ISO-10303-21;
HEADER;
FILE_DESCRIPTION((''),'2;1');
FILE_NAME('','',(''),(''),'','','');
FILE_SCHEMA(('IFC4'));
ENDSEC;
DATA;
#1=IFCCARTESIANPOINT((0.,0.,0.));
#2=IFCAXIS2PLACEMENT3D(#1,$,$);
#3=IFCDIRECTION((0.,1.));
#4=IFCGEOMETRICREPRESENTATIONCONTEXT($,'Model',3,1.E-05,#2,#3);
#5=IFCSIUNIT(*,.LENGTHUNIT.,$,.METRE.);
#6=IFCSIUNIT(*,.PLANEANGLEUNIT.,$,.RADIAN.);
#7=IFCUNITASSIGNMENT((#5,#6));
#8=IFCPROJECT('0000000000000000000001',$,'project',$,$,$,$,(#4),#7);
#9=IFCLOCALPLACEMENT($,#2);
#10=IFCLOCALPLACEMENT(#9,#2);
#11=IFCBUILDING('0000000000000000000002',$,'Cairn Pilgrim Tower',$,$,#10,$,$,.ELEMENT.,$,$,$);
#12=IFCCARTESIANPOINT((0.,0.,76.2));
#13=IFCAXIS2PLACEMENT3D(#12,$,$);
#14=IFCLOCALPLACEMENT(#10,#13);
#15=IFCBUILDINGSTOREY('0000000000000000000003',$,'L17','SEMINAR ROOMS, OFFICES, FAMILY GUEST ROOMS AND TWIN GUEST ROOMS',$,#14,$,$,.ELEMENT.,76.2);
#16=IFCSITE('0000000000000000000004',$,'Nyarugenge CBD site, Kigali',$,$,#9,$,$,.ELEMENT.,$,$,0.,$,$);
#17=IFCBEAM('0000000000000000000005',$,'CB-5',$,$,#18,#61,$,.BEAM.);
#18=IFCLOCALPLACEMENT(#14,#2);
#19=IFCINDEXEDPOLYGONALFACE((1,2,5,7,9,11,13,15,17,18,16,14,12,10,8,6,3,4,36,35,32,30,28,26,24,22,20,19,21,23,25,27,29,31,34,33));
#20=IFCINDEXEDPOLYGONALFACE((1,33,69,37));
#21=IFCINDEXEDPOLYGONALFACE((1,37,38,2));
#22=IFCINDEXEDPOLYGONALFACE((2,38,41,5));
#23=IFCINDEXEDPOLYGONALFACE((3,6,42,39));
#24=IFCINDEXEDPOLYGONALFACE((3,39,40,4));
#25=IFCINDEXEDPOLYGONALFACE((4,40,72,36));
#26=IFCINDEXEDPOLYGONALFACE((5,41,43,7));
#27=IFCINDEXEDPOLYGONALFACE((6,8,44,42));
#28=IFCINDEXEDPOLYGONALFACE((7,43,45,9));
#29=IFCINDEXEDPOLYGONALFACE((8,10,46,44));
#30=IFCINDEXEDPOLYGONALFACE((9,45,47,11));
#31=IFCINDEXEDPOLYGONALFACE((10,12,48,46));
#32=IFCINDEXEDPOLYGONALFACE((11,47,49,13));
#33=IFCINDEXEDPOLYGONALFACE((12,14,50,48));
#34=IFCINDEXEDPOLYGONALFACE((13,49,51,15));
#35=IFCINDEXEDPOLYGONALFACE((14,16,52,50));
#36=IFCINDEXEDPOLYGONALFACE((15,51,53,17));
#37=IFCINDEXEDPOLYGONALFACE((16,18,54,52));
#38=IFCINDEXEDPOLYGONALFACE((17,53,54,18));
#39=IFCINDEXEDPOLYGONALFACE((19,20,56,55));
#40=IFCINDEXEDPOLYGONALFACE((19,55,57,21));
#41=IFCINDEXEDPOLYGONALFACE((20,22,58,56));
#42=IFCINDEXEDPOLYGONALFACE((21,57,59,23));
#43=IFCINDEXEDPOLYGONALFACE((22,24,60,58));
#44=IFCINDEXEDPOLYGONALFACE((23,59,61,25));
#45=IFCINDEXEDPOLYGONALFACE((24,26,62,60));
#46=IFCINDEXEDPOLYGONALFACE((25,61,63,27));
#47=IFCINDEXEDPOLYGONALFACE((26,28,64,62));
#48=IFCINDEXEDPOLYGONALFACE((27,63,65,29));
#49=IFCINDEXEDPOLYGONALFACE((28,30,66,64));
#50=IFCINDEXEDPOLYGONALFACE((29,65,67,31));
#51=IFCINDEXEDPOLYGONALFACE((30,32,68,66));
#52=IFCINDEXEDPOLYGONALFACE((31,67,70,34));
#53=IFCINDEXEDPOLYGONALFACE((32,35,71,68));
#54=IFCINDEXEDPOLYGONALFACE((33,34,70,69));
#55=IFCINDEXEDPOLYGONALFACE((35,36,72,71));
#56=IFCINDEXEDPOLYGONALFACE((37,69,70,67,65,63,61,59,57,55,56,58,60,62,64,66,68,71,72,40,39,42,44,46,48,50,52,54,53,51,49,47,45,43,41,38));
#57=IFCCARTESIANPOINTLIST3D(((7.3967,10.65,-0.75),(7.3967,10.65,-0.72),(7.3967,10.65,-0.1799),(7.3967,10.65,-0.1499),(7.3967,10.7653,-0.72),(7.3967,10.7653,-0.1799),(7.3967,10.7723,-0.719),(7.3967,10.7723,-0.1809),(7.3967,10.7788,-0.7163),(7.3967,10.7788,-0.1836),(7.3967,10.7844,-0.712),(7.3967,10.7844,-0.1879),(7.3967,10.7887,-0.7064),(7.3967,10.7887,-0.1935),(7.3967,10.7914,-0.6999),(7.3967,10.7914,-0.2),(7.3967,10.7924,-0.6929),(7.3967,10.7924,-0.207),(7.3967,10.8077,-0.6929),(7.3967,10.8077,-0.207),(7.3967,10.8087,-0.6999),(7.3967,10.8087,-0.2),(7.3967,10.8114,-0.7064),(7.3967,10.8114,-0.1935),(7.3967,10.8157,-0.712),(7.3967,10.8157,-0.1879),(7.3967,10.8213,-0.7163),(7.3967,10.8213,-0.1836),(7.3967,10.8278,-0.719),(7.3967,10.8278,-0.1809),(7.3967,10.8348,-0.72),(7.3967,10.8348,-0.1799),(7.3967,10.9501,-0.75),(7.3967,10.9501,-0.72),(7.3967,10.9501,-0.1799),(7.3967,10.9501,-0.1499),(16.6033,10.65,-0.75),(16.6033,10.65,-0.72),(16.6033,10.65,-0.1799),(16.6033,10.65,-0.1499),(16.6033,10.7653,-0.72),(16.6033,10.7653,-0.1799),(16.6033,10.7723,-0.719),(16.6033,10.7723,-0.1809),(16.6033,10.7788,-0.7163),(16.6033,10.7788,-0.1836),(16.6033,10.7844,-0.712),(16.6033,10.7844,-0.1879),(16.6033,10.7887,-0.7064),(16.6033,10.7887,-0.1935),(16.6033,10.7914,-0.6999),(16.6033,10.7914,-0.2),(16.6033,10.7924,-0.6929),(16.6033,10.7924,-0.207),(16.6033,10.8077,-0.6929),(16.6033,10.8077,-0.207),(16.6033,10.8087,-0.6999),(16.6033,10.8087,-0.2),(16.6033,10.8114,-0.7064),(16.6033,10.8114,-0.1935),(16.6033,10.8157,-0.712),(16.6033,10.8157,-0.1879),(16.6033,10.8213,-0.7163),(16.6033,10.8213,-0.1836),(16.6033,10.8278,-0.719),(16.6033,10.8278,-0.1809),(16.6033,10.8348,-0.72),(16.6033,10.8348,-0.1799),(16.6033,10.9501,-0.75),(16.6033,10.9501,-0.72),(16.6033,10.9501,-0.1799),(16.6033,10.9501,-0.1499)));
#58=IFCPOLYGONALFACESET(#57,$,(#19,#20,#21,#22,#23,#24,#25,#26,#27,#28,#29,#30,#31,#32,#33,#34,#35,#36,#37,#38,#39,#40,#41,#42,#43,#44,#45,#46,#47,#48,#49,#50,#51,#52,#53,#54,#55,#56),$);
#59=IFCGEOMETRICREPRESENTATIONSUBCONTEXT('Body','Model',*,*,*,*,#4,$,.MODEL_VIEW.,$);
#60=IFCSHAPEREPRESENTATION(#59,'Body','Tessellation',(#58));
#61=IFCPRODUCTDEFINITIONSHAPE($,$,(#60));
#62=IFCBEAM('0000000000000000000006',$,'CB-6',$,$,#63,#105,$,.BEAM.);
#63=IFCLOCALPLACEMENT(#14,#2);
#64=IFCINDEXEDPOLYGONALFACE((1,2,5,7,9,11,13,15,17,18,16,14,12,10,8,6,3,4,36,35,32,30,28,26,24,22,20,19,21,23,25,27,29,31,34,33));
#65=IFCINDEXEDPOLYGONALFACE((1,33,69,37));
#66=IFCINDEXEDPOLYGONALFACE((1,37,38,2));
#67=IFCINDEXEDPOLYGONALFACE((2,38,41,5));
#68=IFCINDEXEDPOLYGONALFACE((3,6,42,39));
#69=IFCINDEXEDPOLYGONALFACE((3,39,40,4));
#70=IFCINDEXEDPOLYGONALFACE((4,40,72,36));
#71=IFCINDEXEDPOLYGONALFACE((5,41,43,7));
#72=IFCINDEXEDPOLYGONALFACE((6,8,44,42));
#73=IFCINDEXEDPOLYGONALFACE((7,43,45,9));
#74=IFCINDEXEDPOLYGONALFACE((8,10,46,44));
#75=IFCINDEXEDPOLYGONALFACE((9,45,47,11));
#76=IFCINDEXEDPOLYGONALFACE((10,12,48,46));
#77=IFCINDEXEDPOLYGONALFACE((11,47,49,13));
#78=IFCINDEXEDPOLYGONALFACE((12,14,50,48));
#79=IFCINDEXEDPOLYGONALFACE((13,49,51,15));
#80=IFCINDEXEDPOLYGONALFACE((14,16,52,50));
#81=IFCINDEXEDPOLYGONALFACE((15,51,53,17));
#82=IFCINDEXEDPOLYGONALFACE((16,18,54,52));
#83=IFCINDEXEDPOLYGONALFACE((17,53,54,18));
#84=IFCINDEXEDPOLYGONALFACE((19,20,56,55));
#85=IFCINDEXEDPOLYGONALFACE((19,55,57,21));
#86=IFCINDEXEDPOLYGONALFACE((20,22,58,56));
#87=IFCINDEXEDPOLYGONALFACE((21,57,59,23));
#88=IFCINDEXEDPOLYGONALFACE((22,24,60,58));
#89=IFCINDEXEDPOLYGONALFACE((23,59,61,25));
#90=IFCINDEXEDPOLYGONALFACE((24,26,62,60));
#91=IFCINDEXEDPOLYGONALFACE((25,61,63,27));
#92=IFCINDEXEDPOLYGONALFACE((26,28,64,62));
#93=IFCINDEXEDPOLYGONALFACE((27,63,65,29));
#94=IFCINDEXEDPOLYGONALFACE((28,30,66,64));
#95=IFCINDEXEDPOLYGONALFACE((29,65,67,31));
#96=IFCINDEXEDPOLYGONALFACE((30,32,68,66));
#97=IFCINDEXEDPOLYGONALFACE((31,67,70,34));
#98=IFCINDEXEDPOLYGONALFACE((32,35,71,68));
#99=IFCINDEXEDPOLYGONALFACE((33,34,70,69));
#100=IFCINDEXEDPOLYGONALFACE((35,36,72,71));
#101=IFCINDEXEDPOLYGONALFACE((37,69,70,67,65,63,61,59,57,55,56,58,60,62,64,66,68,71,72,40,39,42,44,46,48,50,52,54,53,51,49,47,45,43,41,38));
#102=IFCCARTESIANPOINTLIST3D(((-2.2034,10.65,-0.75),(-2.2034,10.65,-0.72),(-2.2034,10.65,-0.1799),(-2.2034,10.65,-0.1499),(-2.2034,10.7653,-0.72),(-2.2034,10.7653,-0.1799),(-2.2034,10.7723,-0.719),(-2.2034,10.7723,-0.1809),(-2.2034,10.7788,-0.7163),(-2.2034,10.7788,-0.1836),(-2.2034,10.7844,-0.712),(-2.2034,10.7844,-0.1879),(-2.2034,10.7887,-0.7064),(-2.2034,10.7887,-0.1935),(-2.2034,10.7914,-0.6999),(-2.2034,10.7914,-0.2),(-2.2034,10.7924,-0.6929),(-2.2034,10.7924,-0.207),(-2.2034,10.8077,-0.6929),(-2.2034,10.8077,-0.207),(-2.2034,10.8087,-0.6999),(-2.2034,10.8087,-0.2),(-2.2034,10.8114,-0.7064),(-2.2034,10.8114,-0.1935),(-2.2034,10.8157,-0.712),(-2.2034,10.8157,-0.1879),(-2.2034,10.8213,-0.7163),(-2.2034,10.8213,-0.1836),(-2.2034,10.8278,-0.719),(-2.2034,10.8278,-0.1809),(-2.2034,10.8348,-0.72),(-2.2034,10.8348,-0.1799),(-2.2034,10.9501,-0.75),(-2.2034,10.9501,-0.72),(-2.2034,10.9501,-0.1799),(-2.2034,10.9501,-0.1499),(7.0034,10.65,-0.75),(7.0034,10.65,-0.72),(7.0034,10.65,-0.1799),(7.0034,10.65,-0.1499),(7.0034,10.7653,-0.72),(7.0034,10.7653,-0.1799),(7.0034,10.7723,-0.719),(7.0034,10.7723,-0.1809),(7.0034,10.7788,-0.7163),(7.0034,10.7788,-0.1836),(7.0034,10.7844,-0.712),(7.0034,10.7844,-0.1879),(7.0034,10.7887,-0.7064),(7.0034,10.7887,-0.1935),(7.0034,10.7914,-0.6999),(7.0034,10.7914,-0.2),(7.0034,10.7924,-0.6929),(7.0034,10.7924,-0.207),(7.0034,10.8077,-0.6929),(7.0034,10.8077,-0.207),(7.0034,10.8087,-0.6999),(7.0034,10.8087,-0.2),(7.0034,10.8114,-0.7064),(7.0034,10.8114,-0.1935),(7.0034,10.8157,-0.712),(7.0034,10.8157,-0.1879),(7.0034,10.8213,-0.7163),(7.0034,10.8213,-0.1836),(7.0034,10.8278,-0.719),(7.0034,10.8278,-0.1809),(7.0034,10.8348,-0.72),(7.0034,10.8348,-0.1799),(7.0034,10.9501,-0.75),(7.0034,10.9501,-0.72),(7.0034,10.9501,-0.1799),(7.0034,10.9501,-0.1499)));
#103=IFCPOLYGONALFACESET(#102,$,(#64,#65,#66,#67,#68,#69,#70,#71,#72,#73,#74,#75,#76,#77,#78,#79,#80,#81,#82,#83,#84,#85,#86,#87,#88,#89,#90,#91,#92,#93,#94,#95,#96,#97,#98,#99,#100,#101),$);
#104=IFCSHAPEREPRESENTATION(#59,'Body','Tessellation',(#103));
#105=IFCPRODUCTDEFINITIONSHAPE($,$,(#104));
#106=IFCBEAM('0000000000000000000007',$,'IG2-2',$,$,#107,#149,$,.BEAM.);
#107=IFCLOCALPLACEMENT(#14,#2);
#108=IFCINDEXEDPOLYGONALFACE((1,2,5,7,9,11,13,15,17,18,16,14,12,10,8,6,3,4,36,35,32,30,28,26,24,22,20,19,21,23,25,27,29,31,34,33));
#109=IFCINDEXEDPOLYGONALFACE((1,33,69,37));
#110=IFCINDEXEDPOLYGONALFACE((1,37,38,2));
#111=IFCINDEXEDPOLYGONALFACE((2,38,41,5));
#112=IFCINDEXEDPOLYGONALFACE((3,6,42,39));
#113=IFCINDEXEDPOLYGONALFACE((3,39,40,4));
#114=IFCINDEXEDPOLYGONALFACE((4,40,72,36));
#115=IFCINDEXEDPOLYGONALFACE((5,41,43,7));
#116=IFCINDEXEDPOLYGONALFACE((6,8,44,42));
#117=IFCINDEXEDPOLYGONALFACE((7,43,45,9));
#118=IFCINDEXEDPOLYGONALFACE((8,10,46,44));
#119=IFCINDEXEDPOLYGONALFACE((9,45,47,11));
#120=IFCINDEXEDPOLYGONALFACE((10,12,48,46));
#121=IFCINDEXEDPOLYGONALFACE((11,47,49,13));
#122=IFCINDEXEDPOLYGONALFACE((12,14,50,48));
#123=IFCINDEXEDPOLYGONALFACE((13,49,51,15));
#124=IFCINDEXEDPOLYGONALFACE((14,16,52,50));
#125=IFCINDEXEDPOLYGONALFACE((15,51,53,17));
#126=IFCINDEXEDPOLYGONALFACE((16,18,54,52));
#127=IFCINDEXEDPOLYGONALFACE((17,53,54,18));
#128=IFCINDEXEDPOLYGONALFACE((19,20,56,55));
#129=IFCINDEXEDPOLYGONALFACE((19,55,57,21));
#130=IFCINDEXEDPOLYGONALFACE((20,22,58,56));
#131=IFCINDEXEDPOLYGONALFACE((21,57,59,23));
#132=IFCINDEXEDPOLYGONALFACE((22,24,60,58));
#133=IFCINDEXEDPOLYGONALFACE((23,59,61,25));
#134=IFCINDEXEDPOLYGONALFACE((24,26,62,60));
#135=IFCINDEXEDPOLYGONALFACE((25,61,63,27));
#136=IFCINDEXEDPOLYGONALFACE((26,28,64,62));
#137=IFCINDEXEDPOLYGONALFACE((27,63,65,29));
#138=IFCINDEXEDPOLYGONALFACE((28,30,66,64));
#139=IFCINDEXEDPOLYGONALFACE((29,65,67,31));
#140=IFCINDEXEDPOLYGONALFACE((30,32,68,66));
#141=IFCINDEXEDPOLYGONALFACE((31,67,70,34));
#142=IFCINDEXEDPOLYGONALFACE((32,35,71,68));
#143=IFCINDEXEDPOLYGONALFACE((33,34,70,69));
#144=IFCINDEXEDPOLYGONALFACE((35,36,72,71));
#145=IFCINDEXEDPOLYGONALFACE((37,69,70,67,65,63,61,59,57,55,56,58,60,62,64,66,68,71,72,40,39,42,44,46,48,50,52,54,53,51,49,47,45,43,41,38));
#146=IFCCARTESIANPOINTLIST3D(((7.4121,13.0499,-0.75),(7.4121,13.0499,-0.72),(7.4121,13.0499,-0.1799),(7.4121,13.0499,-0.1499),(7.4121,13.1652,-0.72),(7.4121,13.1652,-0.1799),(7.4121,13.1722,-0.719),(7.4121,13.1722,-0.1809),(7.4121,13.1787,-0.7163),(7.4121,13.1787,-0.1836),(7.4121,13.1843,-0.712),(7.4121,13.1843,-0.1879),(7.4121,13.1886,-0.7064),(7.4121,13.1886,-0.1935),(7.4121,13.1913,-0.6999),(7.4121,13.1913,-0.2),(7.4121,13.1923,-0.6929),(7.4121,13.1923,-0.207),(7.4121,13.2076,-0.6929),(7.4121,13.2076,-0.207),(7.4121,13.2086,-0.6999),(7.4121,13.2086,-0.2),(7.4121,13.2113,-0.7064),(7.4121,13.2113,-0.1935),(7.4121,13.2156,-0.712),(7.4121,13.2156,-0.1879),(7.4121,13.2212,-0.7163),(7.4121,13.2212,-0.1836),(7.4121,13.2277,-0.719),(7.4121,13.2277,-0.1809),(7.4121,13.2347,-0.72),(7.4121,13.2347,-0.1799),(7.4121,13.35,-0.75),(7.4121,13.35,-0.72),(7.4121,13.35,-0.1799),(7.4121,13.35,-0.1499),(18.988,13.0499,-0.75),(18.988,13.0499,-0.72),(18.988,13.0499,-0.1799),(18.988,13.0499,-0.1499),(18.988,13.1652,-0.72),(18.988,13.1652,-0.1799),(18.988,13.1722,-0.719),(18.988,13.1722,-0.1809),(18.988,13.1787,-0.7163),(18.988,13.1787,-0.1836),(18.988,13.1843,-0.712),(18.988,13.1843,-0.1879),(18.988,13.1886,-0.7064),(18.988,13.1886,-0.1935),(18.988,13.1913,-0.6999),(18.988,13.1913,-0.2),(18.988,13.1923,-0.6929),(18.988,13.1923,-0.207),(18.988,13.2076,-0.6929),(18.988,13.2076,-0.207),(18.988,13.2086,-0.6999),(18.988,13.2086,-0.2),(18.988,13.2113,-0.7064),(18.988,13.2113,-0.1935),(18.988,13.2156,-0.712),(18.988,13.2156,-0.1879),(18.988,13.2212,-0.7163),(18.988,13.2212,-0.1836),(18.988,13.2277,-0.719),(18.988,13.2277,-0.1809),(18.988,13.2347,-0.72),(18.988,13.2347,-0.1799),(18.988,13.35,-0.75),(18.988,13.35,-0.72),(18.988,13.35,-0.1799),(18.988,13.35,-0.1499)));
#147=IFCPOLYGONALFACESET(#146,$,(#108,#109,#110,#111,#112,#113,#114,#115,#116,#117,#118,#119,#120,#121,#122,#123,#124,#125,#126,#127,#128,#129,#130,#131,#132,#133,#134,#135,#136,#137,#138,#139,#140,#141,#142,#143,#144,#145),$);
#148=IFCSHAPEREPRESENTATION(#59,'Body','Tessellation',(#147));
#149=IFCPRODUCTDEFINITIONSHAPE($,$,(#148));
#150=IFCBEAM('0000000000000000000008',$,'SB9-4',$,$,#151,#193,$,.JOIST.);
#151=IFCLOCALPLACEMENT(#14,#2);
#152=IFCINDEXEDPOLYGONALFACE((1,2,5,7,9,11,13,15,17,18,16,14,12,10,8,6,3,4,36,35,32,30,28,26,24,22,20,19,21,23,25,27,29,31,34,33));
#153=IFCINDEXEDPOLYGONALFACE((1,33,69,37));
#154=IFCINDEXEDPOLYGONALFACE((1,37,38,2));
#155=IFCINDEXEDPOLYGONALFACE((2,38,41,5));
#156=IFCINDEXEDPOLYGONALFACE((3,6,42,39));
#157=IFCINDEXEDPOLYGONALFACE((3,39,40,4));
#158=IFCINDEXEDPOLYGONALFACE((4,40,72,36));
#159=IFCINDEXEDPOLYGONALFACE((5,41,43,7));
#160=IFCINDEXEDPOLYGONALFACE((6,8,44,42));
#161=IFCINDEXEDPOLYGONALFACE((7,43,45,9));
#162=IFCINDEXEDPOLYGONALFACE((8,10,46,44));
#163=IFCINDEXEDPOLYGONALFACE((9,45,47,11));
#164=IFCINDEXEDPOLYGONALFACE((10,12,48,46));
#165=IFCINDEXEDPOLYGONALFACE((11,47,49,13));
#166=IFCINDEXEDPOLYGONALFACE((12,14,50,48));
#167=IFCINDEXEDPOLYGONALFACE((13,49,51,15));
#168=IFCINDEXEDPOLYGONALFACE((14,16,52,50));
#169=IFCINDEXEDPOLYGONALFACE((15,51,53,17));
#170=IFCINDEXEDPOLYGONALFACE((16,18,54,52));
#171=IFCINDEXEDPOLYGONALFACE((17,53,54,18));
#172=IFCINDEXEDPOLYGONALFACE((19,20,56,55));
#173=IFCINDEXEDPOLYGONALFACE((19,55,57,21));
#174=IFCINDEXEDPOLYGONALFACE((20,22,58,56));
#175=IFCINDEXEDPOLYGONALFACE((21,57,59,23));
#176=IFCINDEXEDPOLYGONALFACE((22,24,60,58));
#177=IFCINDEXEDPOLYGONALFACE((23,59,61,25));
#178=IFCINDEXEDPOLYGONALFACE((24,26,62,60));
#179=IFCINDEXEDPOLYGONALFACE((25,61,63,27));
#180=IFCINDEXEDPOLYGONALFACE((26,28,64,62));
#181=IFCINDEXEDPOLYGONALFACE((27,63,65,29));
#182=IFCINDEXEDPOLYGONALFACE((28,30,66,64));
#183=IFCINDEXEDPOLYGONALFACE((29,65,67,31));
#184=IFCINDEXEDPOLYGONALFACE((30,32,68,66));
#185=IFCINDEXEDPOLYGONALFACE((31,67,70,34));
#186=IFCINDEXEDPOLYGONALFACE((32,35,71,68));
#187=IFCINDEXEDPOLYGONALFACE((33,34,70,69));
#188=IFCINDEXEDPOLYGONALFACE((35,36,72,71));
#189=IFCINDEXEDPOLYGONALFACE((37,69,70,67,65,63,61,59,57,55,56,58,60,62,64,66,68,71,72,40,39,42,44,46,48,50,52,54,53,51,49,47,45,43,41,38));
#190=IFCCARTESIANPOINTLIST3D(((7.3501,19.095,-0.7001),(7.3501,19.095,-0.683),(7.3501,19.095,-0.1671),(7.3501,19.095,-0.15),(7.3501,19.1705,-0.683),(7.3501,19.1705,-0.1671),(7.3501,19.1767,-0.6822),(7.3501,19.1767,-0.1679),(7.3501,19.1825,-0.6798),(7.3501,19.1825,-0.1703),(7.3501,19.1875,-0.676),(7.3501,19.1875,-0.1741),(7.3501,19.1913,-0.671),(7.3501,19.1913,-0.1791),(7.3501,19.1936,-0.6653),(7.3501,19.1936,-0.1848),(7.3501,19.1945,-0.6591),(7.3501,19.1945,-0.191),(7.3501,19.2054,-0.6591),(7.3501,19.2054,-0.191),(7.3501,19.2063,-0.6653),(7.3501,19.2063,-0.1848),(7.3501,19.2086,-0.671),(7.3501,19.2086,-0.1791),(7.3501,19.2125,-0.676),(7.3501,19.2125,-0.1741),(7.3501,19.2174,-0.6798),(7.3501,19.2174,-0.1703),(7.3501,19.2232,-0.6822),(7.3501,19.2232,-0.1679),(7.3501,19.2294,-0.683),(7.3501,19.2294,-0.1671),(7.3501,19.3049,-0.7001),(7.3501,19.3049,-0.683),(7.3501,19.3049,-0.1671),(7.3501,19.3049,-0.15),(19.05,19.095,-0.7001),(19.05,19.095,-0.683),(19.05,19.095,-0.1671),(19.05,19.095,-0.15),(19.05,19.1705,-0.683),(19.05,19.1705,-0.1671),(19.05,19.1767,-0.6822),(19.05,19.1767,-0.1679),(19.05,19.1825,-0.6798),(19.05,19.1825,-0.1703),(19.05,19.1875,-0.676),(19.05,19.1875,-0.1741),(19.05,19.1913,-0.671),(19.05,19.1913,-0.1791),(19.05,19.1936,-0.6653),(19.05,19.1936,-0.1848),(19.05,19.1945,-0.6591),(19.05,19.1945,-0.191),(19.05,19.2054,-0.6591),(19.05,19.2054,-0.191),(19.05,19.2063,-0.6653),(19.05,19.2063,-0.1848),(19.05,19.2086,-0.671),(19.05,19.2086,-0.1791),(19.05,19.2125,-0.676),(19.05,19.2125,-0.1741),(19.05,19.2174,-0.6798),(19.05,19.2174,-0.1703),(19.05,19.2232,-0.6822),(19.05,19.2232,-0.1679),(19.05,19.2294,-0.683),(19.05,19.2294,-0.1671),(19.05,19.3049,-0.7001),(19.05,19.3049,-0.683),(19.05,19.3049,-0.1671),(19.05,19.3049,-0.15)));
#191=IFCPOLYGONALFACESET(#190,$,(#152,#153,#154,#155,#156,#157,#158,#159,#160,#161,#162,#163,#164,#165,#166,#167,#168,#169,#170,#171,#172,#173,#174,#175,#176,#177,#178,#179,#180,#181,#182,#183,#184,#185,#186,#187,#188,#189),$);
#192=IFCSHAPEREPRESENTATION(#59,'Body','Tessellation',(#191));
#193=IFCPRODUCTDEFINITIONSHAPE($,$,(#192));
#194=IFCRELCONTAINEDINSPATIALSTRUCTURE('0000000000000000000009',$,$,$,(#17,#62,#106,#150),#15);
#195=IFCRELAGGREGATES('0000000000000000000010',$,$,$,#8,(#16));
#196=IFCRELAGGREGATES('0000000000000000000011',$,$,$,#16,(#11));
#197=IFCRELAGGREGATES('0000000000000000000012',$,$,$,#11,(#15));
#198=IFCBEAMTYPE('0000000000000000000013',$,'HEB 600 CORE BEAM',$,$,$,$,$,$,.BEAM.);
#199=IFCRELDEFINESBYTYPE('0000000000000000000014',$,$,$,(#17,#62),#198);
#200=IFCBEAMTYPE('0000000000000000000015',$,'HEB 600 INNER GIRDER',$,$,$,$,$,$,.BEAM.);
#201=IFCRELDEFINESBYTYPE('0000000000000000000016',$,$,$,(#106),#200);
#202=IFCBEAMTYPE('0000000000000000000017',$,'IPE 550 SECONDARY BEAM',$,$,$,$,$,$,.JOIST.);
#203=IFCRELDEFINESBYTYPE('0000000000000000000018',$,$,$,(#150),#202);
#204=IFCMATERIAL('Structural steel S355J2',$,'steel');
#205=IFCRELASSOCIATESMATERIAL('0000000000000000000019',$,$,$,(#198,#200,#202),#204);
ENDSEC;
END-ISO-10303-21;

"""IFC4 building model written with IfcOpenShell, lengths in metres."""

from ifc_helpers import new_model, si_unit, direction, frame, origin, origin_2d, place, context, subcontext, project, spatial, i_section, extrude, material, material_profile, profile_set, type_object, element, save


model = new_model("IFC4")

# Units and contexts
model_context = context("Model", 3, precision=1e-05, world=origin(), true_north=direction((0.0, 1.0)))
body_context = subcontext(model_context, "Body", "Model", "MODEL_VIEW")
ifc_project = project(units=[si_unit("LENGTHUNIT", "METRE"), si_unit("PLANEANGLEUNIT", "RADIAN")], contexts=[model_context])

# Site, building, storey
site_placement = place(None, origin())
site = spatial("IfcSite", under=ifc_project, at=site_placement, Name="Nyarugenge CBD site, Kigali", CompositionType="ELEMENT", RefElevation=0.0)
building_placement = place(site_placement, origin())
building = spatial("IfcBuilding", under=site, at=building_placement, Name="Cairn Pilgrim Tower", CompositionType="ELEMENT")
storey_placement = place(building_placement, frame((0.0, 0.0, 76.2)))
storey = spatial("IfcBuildingStorey", under=building, at=storey_placement, Name="L17", Description="SEMINAR ROOMS, OFFICES, FAMILY GUEST ROOMS AND TWIN GUEST ROOMS", CompositionType="ELEMENT", Elevation=76.2)

# Beams
ifc_material_1 = material(Name="Structural steel S355J2", Category="steel")
ifc_material_profile_1 = material_profile(ifc_material_1, i_section(OverallWidth=0.3, OverallDepth=0.6001, WebThickness=0.0154, FlangeThickness=0.03, FilletRadius=0.0271, at=origin_2d()), Name="HEB 600")
ifc_profile_set_1 = profile_set([ifc_material_profile_1], Name="Structural steel S355J2")
beam_type_1 = type_object("IfcBeamType", Name="HEB 600 CORE BEAM", PredefinedType="BEAM", material=ifc_profile_set_1)
beam_1_placement = place(storey_placement, frame((16.6033, 10.8, -0.45), z_axis=(-1.0, 0.0, 0.0), x_axis=(0.0, -1.0, 0.0)))
element("IfcBeam", 1, at=beam_1_placement, inside=storey, type_object=beam_type_1, Name="CB-5", PredefinedType="BEAM", context=body_context, shape_type="SweptSolid", body=[
    extrude(i_section(OverallWidth=0.3, OverallDepth=0.6001, WebThickness=0.0154, FlangeThickness=0.03, FilletRadius=0.0271, at=origin_2d()), origin(), (0.0, 0.0, 1.0), 9.2065),
])
beam_2_placement = place(storey_placement, frame((7.0034, 10.8, -0.45), z_axis=(-1.0, 0.0, 0.0), x_axis=(0.0, -1.0, 0.0)))
element("IfcBeam", 2, at=beam_2_placement, inside=storey, type_object=beam_type_1, Name="CB-6", PredefinedType="BEAM", context=body_context, shape_type="SweptSolid", body=[
    extrude(i_section(OverallWidth=0.3, OverallDepth=0.6001, WebThickness=0.0154, FlangeThickness=0.03, FilletRadius=0.0271, at=origin_2d()), origin(), (0.0, 0.0, 1.0), 9.2068),
])
ifc_material_profile_2 = material_profile(ifc_material_1, i_section(OverallWidth=0.3, OverallDepth=0.6001, WebThickness=0.0154, FlangeThickness=0.03, FilletRadius=0.0271, at=origin_2d()), Name="HEB 600")
ifc_profile_set_2 = profile_set([ifc_material_profile_2], Name="Structural steel S355J2")
beam_type_2 = type_object("IfcBeamType", Name="HEB 600 INNER GIRDER", PredefinedType="BEAM", material=ifc_profile_set_2)
beam_3_placement = place(storey_placement, frame((7.4121, 13.2, -0.45), z_axis=(1.0, 0.0, 0.0), x_axis=(0.0, 1.0, 0.0)))
element("IfcBeam", 3, at=beam_3_placement, inside=storey, type_object=beam_type_2, Name="IG2-2", PredefinedType="BEAM", context=body_context, shape_type="SweptSolid", body=[
    extrude(i_section(OverallWidth=0.3, OverallDepth=0.6001, WebThickness=0.0154, FlangeThickness=0.03, FilletRadius=0.0271, at=origin_2d()), origin(), (0.0, 0.0, 1.0), 11.5759),
])
ifc_material_profile_3 = material_profile(ifc_material_1, i_section(OverallWidth=0.21, OverallDepth=0.55, WebThickness=0.011, FlangeThickness=0.0171, FilletRadius=0.0239, at=origin_2d()), Name="IPE 550")
ifc_profile_set_3 = profile_set([ifc_material_profile_3], Name="Structural steel S355J2")
beam_type_3 = type_object("IfcBeamType", Name="IPE 550 SECONDARY BEAM", PredefinedType="JOIST", material=ifc_profile_set_3)
beam_4_placement = place(storey_placement, frame((7.3501, 19.2, -0.425), z_axis=(1.0, 0.0, 0.0), x_axis=(0.0, 1.0, 0.0)))
element("IfcBeam", 4, at=beam_4_placement, inside=storey, type_object=beam_type_3, Name="SB9-4", PredefinedType="JOIST", context=body_context, shape_type="SweptSolid", body=[
    extrude(i_section(OverallWidth=0.21, OverallDepth=0.55, WebThickness=0.011, FlangeThickness=0.0171, FilletRadius=0.0239, at=origin_2d()), origin(), (0.0, 0.0, 1.0), 11.7),
])

save(model, "model.ifc")
